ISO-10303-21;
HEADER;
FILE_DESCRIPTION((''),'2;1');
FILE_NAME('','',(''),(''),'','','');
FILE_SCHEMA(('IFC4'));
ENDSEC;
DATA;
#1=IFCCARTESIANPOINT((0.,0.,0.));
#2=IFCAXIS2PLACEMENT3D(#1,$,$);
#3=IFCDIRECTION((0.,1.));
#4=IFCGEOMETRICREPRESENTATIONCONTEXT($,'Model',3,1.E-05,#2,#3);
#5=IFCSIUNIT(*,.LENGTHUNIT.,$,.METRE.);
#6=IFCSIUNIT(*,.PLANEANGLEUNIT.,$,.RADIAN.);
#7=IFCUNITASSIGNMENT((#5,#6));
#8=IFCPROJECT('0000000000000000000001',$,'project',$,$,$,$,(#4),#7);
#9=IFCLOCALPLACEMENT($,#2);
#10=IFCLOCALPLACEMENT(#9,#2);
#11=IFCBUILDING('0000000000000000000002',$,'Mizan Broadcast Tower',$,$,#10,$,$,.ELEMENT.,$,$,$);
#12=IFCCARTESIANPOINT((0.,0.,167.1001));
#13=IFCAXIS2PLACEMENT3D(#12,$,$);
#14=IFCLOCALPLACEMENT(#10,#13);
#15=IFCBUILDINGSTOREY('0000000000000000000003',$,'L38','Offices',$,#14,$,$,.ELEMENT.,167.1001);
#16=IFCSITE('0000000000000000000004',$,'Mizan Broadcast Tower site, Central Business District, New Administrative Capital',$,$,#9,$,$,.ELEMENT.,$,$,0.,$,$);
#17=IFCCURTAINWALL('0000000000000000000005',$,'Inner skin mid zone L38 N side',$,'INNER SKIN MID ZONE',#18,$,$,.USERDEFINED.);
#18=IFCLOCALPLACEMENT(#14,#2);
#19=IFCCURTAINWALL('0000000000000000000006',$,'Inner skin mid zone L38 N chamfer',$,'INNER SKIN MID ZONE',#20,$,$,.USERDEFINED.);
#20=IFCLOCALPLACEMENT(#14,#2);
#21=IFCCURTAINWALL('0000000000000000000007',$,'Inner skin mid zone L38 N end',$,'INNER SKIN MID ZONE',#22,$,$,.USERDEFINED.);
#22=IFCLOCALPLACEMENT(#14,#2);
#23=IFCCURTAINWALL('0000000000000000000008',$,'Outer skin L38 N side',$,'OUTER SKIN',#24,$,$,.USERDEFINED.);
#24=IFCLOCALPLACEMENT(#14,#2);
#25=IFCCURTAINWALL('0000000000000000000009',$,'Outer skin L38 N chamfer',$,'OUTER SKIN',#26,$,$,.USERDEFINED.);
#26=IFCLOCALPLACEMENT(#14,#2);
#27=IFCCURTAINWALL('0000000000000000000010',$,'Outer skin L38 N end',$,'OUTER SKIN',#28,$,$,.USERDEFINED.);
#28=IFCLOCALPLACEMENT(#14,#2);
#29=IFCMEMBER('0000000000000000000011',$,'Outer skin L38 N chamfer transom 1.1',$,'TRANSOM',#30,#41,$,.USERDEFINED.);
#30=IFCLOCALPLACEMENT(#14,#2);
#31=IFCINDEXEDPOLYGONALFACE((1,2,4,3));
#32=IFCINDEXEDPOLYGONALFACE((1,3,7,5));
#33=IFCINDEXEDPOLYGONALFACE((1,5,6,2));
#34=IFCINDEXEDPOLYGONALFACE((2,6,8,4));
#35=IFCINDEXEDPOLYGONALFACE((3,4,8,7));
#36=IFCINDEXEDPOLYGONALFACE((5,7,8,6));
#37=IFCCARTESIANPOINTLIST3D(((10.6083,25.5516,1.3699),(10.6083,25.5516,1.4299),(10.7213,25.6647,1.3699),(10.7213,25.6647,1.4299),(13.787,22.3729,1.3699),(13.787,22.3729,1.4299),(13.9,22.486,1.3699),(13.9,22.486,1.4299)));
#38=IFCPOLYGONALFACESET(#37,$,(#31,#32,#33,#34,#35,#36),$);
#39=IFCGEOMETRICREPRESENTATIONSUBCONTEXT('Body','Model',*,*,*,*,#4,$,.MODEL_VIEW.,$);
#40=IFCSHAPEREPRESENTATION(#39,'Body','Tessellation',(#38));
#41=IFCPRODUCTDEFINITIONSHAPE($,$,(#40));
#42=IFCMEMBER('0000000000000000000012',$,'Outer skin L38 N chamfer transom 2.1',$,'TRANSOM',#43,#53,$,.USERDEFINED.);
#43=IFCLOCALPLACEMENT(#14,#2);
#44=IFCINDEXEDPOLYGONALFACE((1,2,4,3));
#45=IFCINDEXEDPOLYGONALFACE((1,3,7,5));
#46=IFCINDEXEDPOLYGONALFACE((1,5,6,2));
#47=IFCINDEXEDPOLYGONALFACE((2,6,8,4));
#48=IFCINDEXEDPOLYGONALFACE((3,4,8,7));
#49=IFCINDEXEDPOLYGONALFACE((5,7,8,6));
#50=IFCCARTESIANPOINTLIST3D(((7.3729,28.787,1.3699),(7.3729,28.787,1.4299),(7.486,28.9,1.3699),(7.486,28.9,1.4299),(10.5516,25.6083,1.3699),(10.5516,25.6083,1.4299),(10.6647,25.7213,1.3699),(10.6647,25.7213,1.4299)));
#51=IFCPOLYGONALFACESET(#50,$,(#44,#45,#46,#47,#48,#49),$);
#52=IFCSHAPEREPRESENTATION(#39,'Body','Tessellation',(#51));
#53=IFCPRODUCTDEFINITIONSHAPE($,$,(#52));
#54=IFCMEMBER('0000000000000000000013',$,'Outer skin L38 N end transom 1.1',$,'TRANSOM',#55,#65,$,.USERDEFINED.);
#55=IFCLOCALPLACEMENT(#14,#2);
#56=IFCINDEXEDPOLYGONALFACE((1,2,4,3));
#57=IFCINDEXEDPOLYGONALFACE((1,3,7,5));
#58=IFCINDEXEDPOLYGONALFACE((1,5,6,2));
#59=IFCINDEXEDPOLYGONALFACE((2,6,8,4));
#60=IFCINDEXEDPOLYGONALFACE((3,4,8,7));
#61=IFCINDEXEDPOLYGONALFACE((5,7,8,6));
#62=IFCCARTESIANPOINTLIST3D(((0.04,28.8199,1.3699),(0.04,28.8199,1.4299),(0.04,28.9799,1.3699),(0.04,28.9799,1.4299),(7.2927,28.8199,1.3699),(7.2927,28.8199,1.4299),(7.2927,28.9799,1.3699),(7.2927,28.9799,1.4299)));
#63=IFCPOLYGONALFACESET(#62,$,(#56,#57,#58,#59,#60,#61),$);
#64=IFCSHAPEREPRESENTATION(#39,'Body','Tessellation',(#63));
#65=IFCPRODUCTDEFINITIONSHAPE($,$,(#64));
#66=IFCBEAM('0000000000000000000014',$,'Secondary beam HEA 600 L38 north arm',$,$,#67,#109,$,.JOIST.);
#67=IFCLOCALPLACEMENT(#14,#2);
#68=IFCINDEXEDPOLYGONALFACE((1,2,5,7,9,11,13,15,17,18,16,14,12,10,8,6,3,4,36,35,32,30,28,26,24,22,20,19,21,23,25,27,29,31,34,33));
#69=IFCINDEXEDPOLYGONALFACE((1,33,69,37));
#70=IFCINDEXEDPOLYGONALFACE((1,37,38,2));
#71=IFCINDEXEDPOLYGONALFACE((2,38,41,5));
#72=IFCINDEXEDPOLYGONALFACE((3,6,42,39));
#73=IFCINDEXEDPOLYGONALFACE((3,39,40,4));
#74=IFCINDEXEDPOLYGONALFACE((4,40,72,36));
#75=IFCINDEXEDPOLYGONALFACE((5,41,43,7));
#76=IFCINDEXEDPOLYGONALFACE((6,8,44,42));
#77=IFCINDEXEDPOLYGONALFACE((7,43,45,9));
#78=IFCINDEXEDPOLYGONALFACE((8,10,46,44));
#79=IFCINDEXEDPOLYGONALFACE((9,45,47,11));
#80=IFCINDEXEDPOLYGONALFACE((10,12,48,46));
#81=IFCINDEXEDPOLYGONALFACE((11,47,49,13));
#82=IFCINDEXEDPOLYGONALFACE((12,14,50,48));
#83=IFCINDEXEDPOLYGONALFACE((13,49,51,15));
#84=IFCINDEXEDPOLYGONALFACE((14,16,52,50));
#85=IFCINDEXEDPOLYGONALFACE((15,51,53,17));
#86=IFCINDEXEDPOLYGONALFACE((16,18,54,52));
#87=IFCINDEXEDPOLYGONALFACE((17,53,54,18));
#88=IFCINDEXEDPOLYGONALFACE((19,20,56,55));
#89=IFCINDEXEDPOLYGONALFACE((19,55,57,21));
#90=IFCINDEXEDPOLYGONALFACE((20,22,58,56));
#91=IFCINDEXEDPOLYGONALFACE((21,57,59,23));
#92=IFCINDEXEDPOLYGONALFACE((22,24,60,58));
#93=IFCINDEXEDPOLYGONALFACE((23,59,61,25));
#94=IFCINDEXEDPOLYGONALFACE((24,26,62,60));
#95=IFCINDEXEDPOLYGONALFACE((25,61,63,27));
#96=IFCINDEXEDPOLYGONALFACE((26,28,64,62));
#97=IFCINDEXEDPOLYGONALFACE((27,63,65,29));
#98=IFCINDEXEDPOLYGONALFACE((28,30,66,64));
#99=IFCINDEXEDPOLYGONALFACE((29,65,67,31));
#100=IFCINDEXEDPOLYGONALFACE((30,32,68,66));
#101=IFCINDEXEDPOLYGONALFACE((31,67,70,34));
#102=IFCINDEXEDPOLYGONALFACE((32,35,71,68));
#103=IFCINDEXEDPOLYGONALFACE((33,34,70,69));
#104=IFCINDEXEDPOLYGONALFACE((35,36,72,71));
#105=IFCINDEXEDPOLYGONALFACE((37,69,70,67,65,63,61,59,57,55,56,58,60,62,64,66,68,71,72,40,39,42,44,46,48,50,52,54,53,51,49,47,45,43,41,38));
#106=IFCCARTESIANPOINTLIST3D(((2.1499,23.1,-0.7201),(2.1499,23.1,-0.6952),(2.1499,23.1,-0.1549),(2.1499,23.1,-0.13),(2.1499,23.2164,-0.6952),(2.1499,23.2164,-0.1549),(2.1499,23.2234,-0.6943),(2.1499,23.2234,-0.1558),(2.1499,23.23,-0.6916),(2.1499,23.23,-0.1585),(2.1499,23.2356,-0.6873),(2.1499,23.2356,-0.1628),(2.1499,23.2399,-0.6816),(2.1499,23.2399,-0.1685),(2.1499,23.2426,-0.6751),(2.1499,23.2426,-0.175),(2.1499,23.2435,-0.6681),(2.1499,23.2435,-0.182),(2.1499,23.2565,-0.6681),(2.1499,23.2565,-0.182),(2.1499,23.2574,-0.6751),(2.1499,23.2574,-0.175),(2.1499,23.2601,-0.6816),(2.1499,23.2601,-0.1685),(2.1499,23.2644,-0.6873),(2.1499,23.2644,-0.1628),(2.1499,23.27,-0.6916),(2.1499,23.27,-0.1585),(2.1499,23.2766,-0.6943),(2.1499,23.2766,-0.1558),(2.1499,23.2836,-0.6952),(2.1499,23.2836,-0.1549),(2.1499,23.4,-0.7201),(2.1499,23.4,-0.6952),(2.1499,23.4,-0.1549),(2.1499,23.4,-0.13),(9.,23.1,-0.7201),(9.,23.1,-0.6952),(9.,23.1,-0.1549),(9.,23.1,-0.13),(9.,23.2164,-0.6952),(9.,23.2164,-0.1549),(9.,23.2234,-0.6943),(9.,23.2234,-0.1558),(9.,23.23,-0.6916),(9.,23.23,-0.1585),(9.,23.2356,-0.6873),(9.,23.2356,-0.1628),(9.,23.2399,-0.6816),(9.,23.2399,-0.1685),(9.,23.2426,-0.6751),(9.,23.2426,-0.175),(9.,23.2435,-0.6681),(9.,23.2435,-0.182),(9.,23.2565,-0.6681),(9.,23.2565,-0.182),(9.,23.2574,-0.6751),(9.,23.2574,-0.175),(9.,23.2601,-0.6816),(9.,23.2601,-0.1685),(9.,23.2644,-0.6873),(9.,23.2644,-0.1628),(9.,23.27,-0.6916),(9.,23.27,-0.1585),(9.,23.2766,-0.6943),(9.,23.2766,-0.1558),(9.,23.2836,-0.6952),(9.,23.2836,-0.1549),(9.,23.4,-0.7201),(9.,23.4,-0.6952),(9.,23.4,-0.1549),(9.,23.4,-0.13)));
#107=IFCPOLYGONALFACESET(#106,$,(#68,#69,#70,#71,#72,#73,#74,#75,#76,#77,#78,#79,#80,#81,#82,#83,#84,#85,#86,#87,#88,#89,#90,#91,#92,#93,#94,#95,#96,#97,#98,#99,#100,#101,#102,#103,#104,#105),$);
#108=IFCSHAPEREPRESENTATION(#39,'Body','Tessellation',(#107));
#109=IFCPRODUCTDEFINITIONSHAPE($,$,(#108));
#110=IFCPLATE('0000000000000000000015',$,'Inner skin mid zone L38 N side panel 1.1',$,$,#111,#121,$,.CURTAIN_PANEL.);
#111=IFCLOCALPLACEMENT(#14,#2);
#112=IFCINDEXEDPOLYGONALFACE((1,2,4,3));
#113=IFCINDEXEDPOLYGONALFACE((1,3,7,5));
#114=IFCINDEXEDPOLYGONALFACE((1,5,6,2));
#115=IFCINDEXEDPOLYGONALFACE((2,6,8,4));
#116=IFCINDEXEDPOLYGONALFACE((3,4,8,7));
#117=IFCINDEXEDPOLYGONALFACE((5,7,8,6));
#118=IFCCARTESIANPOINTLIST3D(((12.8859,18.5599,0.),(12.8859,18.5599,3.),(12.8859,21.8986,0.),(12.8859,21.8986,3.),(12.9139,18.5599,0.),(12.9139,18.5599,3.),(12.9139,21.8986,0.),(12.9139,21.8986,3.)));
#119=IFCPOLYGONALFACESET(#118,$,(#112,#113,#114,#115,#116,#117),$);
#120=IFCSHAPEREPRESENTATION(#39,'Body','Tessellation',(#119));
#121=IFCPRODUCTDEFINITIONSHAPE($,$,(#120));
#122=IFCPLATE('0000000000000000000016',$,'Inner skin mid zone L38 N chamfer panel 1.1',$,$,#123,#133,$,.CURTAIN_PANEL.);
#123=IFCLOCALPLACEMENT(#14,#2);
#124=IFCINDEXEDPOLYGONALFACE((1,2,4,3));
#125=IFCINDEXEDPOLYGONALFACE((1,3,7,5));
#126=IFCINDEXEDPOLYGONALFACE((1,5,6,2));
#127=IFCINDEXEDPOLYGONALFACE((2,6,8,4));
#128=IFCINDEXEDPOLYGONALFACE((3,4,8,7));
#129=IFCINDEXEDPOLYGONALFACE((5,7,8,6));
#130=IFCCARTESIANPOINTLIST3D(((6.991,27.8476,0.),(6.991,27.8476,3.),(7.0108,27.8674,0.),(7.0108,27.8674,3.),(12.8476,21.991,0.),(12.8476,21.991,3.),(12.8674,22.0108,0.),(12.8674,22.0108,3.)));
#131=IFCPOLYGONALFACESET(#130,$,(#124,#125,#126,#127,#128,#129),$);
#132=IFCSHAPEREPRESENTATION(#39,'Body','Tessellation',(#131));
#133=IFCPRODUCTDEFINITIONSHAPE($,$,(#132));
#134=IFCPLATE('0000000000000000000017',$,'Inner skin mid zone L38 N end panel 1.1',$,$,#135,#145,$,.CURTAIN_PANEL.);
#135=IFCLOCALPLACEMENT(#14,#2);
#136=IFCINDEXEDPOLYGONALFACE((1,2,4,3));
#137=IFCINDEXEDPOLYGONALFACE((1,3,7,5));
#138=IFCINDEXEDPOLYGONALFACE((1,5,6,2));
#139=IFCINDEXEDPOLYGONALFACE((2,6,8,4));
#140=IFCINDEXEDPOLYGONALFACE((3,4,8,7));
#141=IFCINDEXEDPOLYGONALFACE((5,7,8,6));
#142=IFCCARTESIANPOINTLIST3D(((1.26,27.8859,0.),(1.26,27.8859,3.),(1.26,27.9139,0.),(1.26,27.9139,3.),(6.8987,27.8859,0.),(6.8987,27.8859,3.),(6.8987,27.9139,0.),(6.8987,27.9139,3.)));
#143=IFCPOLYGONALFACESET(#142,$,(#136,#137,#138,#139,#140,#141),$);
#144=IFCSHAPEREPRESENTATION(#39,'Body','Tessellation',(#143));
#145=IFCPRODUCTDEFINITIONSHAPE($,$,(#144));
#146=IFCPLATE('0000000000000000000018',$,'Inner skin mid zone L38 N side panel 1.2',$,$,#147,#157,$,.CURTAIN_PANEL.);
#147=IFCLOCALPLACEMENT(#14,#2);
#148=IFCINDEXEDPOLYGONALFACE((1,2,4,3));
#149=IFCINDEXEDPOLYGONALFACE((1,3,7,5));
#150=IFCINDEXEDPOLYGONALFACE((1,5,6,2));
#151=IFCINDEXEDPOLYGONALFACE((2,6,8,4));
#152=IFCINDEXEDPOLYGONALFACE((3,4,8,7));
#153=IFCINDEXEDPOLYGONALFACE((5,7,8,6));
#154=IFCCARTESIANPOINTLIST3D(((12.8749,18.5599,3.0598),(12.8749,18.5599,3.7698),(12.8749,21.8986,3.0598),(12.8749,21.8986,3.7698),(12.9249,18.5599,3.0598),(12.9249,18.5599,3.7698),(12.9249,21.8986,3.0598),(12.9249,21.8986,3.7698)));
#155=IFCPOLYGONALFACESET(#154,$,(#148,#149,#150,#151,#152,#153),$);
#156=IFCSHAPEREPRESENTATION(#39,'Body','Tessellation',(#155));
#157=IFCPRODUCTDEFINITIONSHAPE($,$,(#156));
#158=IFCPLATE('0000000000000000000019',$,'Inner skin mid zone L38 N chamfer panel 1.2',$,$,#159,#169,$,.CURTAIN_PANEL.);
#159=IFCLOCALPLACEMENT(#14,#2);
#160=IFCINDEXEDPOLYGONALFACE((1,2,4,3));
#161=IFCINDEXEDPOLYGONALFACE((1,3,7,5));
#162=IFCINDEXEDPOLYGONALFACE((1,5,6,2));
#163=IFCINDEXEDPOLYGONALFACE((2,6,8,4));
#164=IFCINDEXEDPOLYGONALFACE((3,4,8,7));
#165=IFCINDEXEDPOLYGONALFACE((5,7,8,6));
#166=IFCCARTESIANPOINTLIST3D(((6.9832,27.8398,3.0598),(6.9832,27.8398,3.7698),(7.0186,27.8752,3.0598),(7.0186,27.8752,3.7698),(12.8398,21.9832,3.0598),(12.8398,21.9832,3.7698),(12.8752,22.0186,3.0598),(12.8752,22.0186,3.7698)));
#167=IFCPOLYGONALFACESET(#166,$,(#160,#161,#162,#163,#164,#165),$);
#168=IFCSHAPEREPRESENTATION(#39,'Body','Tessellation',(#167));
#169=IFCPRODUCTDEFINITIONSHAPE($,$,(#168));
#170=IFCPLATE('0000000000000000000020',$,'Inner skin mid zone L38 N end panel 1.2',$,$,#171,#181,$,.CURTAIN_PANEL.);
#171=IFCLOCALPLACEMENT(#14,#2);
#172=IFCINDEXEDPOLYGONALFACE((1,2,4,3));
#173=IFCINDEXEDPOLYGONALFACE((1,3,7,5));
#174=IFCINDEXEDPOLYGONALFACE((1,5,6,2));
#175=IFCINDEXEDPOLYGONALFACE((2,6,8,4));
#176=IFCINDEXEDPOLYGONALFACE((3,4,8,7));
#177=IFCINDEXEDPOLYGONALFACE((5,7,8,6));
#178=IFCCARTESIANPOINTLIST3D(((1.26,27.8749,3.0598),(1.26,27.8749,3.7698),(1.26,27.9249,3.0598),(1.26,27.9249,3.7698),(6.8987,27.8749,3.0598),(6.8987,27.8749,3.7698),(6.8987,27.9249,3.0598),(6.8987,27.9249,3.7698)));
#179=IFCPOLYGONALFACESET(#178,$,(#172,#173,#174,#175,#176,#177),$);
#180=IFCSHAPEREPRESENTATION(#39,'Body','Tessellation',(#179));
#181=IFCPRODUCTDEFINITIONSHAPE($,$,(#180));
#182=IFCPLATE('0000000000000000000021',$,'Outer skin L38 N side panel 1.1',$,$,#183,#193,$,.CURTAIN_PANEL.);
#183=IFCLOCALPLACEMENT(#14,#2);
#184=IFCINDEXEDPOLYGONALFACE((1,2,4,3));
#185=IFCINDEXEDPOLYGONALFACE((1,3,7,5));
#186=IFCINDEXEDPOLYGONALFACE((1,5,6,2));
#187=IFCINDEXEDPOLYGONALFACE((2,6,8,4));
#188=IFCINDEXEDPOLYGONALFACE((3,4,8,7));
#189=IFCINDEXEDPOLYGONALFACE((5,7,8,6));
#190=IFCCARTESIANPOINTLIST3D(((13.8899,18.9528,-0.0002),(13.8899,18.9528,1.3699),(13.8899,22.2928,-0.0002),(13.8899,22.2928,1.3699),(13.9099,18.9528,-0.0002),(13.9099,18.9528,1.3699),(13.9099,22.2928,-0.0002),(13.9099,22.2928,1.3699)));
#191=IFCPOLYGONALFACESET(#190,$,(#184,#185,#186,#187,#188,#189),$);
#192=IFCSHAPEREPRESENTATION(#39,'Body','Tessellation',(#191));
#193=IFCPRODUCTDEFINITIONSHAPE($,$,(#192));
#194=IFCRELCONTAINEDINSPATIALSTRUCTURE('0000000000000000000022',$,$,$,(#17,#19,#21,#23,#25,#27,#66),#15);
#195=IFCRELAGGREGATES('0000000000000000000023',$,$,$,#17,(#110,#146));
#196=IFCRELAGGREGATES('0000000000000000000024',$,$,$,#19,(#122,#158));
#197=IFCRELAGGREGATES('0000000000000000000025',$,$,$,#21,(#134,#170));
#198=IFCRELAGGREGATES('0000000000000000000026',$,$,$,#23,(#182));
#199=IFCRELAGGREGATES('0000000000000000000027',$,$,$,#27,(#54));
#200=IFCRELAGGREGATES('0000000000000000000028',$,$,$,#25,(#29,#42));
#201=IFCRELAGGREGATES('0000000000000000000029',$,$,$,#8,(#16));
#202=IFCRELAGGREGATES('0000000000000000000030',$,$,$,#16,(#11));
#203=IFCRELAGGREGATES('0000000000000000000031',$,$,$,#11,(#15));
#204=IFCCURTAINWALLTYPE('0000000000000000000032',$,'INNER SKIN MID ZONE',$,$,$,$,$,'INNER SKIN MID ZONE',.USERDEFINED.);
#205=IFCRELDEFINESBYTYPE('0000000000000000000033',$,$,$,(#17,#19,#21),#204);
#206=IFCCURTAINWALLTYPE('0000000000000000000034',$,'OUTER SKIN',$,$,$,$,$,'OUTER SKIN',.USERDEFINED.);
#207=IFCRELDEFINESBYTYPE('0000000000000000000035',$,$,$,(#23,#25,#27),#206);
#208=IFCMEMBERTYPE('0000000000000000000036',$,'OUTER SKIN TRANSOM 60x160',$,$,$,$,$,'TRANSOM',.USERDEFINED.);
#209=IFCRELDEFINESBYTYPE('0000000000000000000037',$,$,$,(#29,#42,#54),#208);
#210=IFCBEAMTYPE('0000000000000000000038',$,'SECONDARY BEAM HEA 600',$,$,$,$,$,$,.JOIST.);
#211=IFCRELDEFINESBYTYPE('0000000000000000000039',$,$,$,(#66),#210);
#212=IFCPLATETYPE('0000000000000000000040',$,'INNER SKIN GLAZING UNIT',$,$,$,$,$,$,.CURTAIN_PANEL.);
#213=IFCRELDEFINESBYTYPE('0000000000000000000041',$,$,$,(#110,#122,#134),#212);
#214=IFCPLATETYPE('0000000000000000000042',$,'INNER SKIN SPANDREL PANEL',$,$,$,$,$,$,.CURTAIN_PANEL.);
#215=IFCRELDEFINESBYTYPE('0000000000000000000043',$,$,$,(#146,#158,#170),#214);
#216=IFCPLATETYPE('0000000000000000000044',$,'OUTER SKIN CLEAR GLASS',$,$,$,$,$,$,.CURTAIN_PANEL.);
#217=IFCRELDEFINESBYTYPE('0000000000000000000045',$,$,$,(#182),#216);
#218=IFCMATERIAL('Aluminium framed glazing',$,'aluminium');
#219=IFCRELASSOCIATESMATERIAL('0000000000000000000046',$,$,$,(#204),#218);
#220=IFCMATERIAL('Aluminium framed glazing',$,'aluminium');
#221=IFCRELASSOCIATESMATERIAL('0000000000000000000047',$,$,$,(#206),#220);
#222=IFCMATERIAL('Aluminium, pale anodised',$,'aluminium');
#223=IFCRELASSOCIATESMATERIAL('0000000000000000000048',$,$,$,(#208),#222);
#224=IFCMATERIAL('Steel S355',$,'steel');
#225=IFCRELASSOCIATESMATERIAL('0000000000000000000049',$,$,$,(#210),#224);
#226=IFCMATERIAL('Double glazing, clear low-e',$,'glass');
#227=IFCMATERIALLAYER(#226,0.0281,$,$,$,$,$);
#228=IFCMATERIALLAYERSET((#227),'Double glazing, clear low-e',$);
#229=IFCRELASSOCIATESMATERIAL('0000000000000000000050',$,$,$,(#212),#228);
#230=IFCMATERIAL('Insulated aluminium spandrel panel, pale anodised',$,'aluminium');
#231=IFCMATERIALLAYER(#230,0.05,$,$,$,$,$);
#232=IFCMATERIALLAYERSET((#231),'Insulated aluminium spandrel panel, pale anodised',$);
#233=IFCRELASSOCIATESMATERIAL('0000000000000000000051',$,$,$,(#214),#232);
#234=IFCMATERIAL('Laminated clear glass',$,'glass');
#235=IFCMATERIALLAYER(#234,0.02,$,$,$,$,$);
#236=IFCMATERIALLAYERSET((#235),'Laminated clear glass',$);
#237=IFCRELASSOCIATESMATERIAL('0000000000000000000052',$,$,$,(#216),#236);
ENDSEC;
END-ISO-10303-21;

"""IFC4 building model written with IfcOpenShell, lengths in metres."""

from ifc_helpers import new_model, si_unit, direction, frame, origin, origin_2d, place, context, subcontext, project, spatial, rectangle, i_section, extrude, material, layer, layer_set, material_profile, profile_set, type_object, element, aggregate, save


model = new_model("IFC4")

# Units and contexts
model_context = context("Model", 3, precision=1e-05, world=origin(), true_north=direction((0.0, 1.0)))
body_context = subcontext(model_context, "Body", "Model", "MODEL_VIEW")
ifc_project = project(units=[si_unit("LENGTHUNIT", "METRE"), si_unit("PLANEANGLEUNIT", "RADIAN")], contexts=[model_context])

# Site, building, storey
site_placement = place(None, origin())
site = spatial("IfcSite", under=ifc_project, at=site_placement, Name="Mizan Broadcast Tower site, Central Business District, New Administrative Capital", CompositionType="ELEMENT", RefElevation=0.0)
building_placement = place(site_placement, origin())
building = spatial("IfcBuilding", under=site, at=building_placement, Name="Mizan Broadcast Tower", CompositionType="ELEMENT")
storey_placement = place(building_placement, frame((0.0, 0.0, 167.1001)))
storey = spatial("IfcBuildingStorey", under=building, at=storey_placement, Name="L38", Description="Offices", CompositionType="ELEMENT", Elevation=167.1001)

# Curtain walls
ifc_material_1 = material(Name="Aluminium framed glazing", Category="aluminium")
curtain_wall_type_1 = type_object("IfcCurtainWallType", Name="INNER SKIN MID ZONE", ElementType="INNER SKIN MID ZONE", PredefinedType="USERDEFINED", material=ifc_material_1)
curtain_wall_1_placement = place(storey_placement, origin())
curtain_wall_1 = element("IfcCurtainWall", 1, at=curtain_wall_1_placement, inside=storey, type_object=curtain_wall_type_1, Name="Inner skin mid zone L38 N side", ObjectType="INNER SKIN MID ZONE", PredefinedType="USERDEFINED")
curtain_wall_2_placement = place(storey_placement, origin())
curtain_wall_2 = element("IfcCurtainWall", 2, at=curtain_wall_2_placement, inside=storey, type_object=curtain_wall_type_1, Name="Inner skin mid zone L38 N chamfer", ObjectType="INNER SKIN MID ZONE", PredefinedType="USERDEFINED")
curtain_wall_3_placement = place(storey_placement, origin())
curtain_wall_3 = element("IfcCurtainWall", 3, at=curtain_wall_3_placement, inside=storey, type_object=curtain_wall_type_1, Name="Inner skin mid zone L38 N end", ObjectType="INNER SKIN MID ZONE", PredefinedType="USERDEFINED")

# Curtain wall
ifc_material_2 = material(Name="Aluminium framed glazing", Category="aluminium")
curtain_wall_type_2 = type_object("IfcCurtainWallType", Name="OUTER SKIN", ElementType="OUTER SKIN", PredefinedType="USERDEFINED", material=ifc_material_2)
curtain_wall_4_placement = place(storey_placement, origin())
curtain_wall_4 = element("IfcCurtainWall", 4, at=curtain_wall_4_placement, inside=storey, type_object=curtain_wall_type_2, Name="Outer skin L38 N side", ObjectType="OUTER SKIN", PredefinedType="USERDEFINED")

# Curtain wall
curtain_wall_5_placement = place(storey_placement, origin())
curtain_wall_5 = element("IfcCurtainWall", 5, at=curtain_wall_5_placement, inside=storey, type_object=curtain_wall_type_2, Name="Outer skin L38 N chamfer", ObjectType="OUTER SKIN", PredefinedType="USERDEFINED")

# Curtain wall
curtain_wall_6_placement = place(storey_placement, origin())
curtain_wall_6 = element("IfcCurtainWall", 6, at=curtain_wall_6_placement, inside=storey, type_object=curtain_wall_type_2, Name="Outer skin L38 N end", ObjectType="OUTER SKIN", PredefinedType="USERDEFINED")

# Members
ifc_material_3 = material(Name="Aluminium, pale anodised", Category="aluminium")
ifc_material_profile_1 = material_profile(ifc_material_3, rectangle(XDim=0.1599, YDim=0.0601, at=origin_2d()), Name="TRANSOM 160x60")
ifc_profile_set_1 = profile_set([ifc_material_profile_1], Name="Aluminium, pale anodised")
member_type_1 = type_object("IfcMemberType", Name="OUTER SKIN TRANSOM 60x160", ElementType="TRANSOM", PredefinedType="USERDEFINED", material=ifc_profile_set_1)
member_1_placement = place(storey_placement, frame((13.8435, 22.4294, 1.3999), z_axis=(-0.707107, 0.707107, 0.0), x_axis=(-0.707107, -0.707107, 0.0)))
member_1 = element("IfcMember", 7, at=member_1_placement, type_object=member_type_1, Name="Outer skin L38 N chamfer transom 1.1", ObjectType="TRANSOM", PredefinedType="USERDEFINED", context=body_context, shape_type="SweptSolid", body=[
    extrude(rectangle(XDim=0.1599, YDim=0.0601, at=origin_2d()), origin(), (0.0, 0.0, 1.0), 4.4954),
])
member_2_placement = place(storey_placement, frame((10.6082, 25.6648, 1.3999), z_axis=(-0.707107, 0.707107, 0.0), x_axis=(-0.707107, -0.707107, 0.0)))
member_2 = element("IfcMember", 8, at=member_2_placement, type_object=member_type_1, Name="Outer skin L38 N chamfer transom 2.1", ObjectType="TRANSOM", PredefinedType="USERDEFINED", context=body_context, shape_type="SweptSolid", body=[
    extrude(rectangle(XDim=0.1599, YDim=0.0601, at=origin_2d()), origin(), (0.0, 0.0, 1.0), 4.4954),
])
member_3_placement = place(storey_placement, frame((7.2927, 28.8999, 1.3999), z_axis=(-1.0, 0.0, 0.0), x_axis=(0.0, -1.0, 0.0)))
member_3 = element("IfcMember", 9, at=member_3_placement, type_object=member_type_1, Name="Outer skin L38 N end transom 1.1", ObjectType="TRANSOM", PredefinedType="USERDEFINED", context=body_context, shape_type="SweptSolid", body=[
    extrude(rectangle(XDim=0.1599, YDim=0.0601, at=origin_2d()), origin(), (0.0, 0.0, 1.0), 7.2527),
])

# Beam
ifc_material_4 = material(Name="Steel S355", Category="steel")
ifc_material_profile_2 = material_profile(ifc_material_4, i_section(OverallWidth=0.3, OverallDepth=0.5901, WebThickness=0.0129, FlangeThickness=0.0249, FilletRadius=0.0271, at=origin_2d()), Name="HEA 600")
ifc_profile_set_2 = profile_set([ifc_material_profile_2], Name="Steel S355")
beam_type_1 = type_object("IfcBeamType", Name="SECONDARY BEAM HEA 600", PredefinedType="JOIST", material=ifc_profile_set_2)
beam_1_placement = place(storey_placement, frame((9.0, 23.25, -0.425), z_axis=(-1.0, 0.0, 0.0), x_axis=(0.0, -1.0, 0.0)))
element("IfcBeam", 10, at=beam_1_placement, inside=storey, type_object=beam_type_1, Name="Secondary beam HEA 600 L38 north arm", PredefinedType="JOIST", context=body_context, shape_type="SweptSolid", body=[
    extrude(i_section(OverallWidth=0.3, OverallDepth=0.5901, WebThickness=0.0129, FlangeThickness=0.0249, FilletRadius=0.0271, at=origin_2d()), origin(), (0.0, 0.0, 1.0), 6.8501),
])

# Plates
ifc_material_5 = material(Name="Double glazing, clear low-e", Category="glass")
ifc_layer_1 = layer(ifc_material_5, 0.0281)
ifc_layer_set_1 = layer_set([ifc_layer_1], Name="Double glazing, clear low-e")
plate_type_1 = type_object("IfcPlateType", Name="INNER SKIN GLAZING UNIT", PredefinedType="CURTAIN_PANEL", material=ifc_layer_set_1)
plate_1_placement = place(storey_placement, frame((12.8999, 20.2292, 0.0), z_axis=(0.0, 0.0, 1.0), x_axis=(0.0, 1.0, 0.0)))
plate_1 = element("IfcPlate", 11, at=plate_1_placement, type_object=plate_type_1, Name="Inner skin mid zone L38 N side panel 1.1", PredefinedType="CURTAIN_PANEL", context=body_context, shape_type="SweptSolid", body=[
    extrude(rectangle(XDim=3.3386, YDim=0.0281, at=origin_2d()), origin(), (0.0, 0.0, 1.0), 3.0),
])
plate_2_placement = place(storey_placement, frame((9.9292, 24.9292, 0.0), z_axis=(0.0, 0.0, 1.0), x_axis=(-0.707107, 0.707107, 0.0)))
plate_2 = element("IfcPlate", 12, at=plate_2_placement, type_object=plate_type_1, Name="Inner skin mid zone L38 N chamfer panel 1.1", PredefinedType="CURTAIN_PANEL", context=body_context, shape_type="SweptSolid", body=[
    extrude(rectangle(XDim=8.2825, YDim=0.0281, at=origin_2d()), origin(), (0.0, 0.0, 1.0), 3.0),
])
plate_3_placement = place(storey_placement, frame((4.0793, 27.8999, 0.0), z_axis=(0.0, 0.0, 1.0), x_axis=(-1.0, 0.0, 0.0)))
plate_3 = element("IfcPlate", 13, at=plate_3_placement, type_object=plate_type_1, Name="Inner skin mid zone L38 N end panel 1.1", PredefinedType="CURTAIN_PANEL", context=body_context, shape_type="SweptSolid", body=[
    extrude(rectangle(XDim=5.6387, YDim=0.0281, at=origin_2d()), origin(), (0.0, 0.0, 1.0), 3.0),
])
ifc_material_6 = material(Name="Insulated aluminium spandrel panel, pale anodised", Category="aluminium")
ifc_layer_2 = layer(ifc_material_6, 0.05)
ifc_layer_set_2 = layer_set([ifc_layer_2], Name="Insulated aluminium spandrel panel, pale anodised")
plate_type_2 = type_object("IfcPlateType", Name="INNER SKIN SPANDREL PANEL", PredefinedType="CURTAIN_PANEL", material=ifc_layer_set_2)
plate_4_placement = place(storey_placement, frame((12.8999, 20.2292, 3.0598), z_axis=(0.0, 0.0, 1.0), x_axis=(0.0, 1.0, 0.0)))
plate_4 = element("IfcPlate", 14, at=plate_4_placement, type_object=plate_type_2, Name="Inner skin mid zone L38 N side panel 1.2", PredefinedType="CURTAIN_PANEL", context=body_context, shape_type="SweptSolid", body=[
    extrude(rectangle(XDim=3.3386, YDim=0.05, at=origin_2d()), origin(), (0.0, 0.0, 1.0), 0.71),
])
aggregate(curtain_wall_1, [plate_1, plate_4])
plate_5_placement = place(storey_placement, frame((9.9292, 24.9292, 3.0598), z_axis=(0.0, 0.0, 1.0), x_axis=(-0.707107, 0.707107, 0.0)))
plate_5 = element("IfcPlate", 15, at=plate_5_placement, type_object=plate_type_2, Name="Inner skin mid zone L38 N chamfer panel 1.2", PredefinedType="CURTAIN_PANEL", context=body_context, shape_type="SweptSolid", body=[
    extrude(rectangle(XDim=8.2825, YDim=0.05, at=origin_2d()), origin(), (0.0, 0.0, 1.0), 0.71),
])
aggregate(curtain_wall_2, [plate_2, plate_5])
plate_6_placement = place(storey_placement, frame((4.0793, 27.8999, 3.0598), z_axis=(0.0, 0.0, 1.0), x_axis=(-1.0, 0.0, 0.0)))
plate_6 = element("IfcPlate", 16, at=plate_6_placement, type_object=plate_type_2, Name="Inner skin mid zone L38 N end panel 1.2", PredefinedType="CURTAIN_PANEL", context=body_context, shape_type="SweptSolid", body=[
    extrude(rectangle(XDim=5.6387, YDim=0.05, at=origin_2d()), origin(), (0.0, 0.0, 1.0), 0.71),
])
aggregate(curtain_wall_3, [plate_3, plate_6])
ifc_material_7 = material(Name="Laminated clear glass", Category="glass")
ifc_layer_3 = layer(ifc_material_7, 0.02)
ifc_layer_set_3 = layer_set([ifc_layer_3], Name="Laminated clear glass")
plate_type_3 = type_object("IfcPlateType", Name="OUTER SKIN CLEAR GLASS", PredefinedType="CURTAIN_PANEL", material=ifc_layer_set_3)
plate_7_placement = place(storey_placement, frame((13.8999, 20.6228, -0.0002), z_axis=(0.0, 0.0, 1.0), x_axis=(0.0, 1.0, 0.0)))
plate_7 = element("IfcPlate", 17, at=plate_7_placement, type_object=plate_type_3, Name="Outer skin L38 N side panel 1.1", PredefinedType="CURTAIN_PANEL", context=body_context, shape_type="SweptSolid", body=[
    extrude(rectangle(XDim=3.3401, YDim=0.02, at=origin_2d()), origin(), (0.0, 0.0, 1.0), 1.3701),
])
aggregate(curtain_wall_4, [plate_7])
aggregate(curtain_wall_6, [member_3])
aggregate(curtain_wall_5, [member_1, member_2])

save(model, "model.ifc")
